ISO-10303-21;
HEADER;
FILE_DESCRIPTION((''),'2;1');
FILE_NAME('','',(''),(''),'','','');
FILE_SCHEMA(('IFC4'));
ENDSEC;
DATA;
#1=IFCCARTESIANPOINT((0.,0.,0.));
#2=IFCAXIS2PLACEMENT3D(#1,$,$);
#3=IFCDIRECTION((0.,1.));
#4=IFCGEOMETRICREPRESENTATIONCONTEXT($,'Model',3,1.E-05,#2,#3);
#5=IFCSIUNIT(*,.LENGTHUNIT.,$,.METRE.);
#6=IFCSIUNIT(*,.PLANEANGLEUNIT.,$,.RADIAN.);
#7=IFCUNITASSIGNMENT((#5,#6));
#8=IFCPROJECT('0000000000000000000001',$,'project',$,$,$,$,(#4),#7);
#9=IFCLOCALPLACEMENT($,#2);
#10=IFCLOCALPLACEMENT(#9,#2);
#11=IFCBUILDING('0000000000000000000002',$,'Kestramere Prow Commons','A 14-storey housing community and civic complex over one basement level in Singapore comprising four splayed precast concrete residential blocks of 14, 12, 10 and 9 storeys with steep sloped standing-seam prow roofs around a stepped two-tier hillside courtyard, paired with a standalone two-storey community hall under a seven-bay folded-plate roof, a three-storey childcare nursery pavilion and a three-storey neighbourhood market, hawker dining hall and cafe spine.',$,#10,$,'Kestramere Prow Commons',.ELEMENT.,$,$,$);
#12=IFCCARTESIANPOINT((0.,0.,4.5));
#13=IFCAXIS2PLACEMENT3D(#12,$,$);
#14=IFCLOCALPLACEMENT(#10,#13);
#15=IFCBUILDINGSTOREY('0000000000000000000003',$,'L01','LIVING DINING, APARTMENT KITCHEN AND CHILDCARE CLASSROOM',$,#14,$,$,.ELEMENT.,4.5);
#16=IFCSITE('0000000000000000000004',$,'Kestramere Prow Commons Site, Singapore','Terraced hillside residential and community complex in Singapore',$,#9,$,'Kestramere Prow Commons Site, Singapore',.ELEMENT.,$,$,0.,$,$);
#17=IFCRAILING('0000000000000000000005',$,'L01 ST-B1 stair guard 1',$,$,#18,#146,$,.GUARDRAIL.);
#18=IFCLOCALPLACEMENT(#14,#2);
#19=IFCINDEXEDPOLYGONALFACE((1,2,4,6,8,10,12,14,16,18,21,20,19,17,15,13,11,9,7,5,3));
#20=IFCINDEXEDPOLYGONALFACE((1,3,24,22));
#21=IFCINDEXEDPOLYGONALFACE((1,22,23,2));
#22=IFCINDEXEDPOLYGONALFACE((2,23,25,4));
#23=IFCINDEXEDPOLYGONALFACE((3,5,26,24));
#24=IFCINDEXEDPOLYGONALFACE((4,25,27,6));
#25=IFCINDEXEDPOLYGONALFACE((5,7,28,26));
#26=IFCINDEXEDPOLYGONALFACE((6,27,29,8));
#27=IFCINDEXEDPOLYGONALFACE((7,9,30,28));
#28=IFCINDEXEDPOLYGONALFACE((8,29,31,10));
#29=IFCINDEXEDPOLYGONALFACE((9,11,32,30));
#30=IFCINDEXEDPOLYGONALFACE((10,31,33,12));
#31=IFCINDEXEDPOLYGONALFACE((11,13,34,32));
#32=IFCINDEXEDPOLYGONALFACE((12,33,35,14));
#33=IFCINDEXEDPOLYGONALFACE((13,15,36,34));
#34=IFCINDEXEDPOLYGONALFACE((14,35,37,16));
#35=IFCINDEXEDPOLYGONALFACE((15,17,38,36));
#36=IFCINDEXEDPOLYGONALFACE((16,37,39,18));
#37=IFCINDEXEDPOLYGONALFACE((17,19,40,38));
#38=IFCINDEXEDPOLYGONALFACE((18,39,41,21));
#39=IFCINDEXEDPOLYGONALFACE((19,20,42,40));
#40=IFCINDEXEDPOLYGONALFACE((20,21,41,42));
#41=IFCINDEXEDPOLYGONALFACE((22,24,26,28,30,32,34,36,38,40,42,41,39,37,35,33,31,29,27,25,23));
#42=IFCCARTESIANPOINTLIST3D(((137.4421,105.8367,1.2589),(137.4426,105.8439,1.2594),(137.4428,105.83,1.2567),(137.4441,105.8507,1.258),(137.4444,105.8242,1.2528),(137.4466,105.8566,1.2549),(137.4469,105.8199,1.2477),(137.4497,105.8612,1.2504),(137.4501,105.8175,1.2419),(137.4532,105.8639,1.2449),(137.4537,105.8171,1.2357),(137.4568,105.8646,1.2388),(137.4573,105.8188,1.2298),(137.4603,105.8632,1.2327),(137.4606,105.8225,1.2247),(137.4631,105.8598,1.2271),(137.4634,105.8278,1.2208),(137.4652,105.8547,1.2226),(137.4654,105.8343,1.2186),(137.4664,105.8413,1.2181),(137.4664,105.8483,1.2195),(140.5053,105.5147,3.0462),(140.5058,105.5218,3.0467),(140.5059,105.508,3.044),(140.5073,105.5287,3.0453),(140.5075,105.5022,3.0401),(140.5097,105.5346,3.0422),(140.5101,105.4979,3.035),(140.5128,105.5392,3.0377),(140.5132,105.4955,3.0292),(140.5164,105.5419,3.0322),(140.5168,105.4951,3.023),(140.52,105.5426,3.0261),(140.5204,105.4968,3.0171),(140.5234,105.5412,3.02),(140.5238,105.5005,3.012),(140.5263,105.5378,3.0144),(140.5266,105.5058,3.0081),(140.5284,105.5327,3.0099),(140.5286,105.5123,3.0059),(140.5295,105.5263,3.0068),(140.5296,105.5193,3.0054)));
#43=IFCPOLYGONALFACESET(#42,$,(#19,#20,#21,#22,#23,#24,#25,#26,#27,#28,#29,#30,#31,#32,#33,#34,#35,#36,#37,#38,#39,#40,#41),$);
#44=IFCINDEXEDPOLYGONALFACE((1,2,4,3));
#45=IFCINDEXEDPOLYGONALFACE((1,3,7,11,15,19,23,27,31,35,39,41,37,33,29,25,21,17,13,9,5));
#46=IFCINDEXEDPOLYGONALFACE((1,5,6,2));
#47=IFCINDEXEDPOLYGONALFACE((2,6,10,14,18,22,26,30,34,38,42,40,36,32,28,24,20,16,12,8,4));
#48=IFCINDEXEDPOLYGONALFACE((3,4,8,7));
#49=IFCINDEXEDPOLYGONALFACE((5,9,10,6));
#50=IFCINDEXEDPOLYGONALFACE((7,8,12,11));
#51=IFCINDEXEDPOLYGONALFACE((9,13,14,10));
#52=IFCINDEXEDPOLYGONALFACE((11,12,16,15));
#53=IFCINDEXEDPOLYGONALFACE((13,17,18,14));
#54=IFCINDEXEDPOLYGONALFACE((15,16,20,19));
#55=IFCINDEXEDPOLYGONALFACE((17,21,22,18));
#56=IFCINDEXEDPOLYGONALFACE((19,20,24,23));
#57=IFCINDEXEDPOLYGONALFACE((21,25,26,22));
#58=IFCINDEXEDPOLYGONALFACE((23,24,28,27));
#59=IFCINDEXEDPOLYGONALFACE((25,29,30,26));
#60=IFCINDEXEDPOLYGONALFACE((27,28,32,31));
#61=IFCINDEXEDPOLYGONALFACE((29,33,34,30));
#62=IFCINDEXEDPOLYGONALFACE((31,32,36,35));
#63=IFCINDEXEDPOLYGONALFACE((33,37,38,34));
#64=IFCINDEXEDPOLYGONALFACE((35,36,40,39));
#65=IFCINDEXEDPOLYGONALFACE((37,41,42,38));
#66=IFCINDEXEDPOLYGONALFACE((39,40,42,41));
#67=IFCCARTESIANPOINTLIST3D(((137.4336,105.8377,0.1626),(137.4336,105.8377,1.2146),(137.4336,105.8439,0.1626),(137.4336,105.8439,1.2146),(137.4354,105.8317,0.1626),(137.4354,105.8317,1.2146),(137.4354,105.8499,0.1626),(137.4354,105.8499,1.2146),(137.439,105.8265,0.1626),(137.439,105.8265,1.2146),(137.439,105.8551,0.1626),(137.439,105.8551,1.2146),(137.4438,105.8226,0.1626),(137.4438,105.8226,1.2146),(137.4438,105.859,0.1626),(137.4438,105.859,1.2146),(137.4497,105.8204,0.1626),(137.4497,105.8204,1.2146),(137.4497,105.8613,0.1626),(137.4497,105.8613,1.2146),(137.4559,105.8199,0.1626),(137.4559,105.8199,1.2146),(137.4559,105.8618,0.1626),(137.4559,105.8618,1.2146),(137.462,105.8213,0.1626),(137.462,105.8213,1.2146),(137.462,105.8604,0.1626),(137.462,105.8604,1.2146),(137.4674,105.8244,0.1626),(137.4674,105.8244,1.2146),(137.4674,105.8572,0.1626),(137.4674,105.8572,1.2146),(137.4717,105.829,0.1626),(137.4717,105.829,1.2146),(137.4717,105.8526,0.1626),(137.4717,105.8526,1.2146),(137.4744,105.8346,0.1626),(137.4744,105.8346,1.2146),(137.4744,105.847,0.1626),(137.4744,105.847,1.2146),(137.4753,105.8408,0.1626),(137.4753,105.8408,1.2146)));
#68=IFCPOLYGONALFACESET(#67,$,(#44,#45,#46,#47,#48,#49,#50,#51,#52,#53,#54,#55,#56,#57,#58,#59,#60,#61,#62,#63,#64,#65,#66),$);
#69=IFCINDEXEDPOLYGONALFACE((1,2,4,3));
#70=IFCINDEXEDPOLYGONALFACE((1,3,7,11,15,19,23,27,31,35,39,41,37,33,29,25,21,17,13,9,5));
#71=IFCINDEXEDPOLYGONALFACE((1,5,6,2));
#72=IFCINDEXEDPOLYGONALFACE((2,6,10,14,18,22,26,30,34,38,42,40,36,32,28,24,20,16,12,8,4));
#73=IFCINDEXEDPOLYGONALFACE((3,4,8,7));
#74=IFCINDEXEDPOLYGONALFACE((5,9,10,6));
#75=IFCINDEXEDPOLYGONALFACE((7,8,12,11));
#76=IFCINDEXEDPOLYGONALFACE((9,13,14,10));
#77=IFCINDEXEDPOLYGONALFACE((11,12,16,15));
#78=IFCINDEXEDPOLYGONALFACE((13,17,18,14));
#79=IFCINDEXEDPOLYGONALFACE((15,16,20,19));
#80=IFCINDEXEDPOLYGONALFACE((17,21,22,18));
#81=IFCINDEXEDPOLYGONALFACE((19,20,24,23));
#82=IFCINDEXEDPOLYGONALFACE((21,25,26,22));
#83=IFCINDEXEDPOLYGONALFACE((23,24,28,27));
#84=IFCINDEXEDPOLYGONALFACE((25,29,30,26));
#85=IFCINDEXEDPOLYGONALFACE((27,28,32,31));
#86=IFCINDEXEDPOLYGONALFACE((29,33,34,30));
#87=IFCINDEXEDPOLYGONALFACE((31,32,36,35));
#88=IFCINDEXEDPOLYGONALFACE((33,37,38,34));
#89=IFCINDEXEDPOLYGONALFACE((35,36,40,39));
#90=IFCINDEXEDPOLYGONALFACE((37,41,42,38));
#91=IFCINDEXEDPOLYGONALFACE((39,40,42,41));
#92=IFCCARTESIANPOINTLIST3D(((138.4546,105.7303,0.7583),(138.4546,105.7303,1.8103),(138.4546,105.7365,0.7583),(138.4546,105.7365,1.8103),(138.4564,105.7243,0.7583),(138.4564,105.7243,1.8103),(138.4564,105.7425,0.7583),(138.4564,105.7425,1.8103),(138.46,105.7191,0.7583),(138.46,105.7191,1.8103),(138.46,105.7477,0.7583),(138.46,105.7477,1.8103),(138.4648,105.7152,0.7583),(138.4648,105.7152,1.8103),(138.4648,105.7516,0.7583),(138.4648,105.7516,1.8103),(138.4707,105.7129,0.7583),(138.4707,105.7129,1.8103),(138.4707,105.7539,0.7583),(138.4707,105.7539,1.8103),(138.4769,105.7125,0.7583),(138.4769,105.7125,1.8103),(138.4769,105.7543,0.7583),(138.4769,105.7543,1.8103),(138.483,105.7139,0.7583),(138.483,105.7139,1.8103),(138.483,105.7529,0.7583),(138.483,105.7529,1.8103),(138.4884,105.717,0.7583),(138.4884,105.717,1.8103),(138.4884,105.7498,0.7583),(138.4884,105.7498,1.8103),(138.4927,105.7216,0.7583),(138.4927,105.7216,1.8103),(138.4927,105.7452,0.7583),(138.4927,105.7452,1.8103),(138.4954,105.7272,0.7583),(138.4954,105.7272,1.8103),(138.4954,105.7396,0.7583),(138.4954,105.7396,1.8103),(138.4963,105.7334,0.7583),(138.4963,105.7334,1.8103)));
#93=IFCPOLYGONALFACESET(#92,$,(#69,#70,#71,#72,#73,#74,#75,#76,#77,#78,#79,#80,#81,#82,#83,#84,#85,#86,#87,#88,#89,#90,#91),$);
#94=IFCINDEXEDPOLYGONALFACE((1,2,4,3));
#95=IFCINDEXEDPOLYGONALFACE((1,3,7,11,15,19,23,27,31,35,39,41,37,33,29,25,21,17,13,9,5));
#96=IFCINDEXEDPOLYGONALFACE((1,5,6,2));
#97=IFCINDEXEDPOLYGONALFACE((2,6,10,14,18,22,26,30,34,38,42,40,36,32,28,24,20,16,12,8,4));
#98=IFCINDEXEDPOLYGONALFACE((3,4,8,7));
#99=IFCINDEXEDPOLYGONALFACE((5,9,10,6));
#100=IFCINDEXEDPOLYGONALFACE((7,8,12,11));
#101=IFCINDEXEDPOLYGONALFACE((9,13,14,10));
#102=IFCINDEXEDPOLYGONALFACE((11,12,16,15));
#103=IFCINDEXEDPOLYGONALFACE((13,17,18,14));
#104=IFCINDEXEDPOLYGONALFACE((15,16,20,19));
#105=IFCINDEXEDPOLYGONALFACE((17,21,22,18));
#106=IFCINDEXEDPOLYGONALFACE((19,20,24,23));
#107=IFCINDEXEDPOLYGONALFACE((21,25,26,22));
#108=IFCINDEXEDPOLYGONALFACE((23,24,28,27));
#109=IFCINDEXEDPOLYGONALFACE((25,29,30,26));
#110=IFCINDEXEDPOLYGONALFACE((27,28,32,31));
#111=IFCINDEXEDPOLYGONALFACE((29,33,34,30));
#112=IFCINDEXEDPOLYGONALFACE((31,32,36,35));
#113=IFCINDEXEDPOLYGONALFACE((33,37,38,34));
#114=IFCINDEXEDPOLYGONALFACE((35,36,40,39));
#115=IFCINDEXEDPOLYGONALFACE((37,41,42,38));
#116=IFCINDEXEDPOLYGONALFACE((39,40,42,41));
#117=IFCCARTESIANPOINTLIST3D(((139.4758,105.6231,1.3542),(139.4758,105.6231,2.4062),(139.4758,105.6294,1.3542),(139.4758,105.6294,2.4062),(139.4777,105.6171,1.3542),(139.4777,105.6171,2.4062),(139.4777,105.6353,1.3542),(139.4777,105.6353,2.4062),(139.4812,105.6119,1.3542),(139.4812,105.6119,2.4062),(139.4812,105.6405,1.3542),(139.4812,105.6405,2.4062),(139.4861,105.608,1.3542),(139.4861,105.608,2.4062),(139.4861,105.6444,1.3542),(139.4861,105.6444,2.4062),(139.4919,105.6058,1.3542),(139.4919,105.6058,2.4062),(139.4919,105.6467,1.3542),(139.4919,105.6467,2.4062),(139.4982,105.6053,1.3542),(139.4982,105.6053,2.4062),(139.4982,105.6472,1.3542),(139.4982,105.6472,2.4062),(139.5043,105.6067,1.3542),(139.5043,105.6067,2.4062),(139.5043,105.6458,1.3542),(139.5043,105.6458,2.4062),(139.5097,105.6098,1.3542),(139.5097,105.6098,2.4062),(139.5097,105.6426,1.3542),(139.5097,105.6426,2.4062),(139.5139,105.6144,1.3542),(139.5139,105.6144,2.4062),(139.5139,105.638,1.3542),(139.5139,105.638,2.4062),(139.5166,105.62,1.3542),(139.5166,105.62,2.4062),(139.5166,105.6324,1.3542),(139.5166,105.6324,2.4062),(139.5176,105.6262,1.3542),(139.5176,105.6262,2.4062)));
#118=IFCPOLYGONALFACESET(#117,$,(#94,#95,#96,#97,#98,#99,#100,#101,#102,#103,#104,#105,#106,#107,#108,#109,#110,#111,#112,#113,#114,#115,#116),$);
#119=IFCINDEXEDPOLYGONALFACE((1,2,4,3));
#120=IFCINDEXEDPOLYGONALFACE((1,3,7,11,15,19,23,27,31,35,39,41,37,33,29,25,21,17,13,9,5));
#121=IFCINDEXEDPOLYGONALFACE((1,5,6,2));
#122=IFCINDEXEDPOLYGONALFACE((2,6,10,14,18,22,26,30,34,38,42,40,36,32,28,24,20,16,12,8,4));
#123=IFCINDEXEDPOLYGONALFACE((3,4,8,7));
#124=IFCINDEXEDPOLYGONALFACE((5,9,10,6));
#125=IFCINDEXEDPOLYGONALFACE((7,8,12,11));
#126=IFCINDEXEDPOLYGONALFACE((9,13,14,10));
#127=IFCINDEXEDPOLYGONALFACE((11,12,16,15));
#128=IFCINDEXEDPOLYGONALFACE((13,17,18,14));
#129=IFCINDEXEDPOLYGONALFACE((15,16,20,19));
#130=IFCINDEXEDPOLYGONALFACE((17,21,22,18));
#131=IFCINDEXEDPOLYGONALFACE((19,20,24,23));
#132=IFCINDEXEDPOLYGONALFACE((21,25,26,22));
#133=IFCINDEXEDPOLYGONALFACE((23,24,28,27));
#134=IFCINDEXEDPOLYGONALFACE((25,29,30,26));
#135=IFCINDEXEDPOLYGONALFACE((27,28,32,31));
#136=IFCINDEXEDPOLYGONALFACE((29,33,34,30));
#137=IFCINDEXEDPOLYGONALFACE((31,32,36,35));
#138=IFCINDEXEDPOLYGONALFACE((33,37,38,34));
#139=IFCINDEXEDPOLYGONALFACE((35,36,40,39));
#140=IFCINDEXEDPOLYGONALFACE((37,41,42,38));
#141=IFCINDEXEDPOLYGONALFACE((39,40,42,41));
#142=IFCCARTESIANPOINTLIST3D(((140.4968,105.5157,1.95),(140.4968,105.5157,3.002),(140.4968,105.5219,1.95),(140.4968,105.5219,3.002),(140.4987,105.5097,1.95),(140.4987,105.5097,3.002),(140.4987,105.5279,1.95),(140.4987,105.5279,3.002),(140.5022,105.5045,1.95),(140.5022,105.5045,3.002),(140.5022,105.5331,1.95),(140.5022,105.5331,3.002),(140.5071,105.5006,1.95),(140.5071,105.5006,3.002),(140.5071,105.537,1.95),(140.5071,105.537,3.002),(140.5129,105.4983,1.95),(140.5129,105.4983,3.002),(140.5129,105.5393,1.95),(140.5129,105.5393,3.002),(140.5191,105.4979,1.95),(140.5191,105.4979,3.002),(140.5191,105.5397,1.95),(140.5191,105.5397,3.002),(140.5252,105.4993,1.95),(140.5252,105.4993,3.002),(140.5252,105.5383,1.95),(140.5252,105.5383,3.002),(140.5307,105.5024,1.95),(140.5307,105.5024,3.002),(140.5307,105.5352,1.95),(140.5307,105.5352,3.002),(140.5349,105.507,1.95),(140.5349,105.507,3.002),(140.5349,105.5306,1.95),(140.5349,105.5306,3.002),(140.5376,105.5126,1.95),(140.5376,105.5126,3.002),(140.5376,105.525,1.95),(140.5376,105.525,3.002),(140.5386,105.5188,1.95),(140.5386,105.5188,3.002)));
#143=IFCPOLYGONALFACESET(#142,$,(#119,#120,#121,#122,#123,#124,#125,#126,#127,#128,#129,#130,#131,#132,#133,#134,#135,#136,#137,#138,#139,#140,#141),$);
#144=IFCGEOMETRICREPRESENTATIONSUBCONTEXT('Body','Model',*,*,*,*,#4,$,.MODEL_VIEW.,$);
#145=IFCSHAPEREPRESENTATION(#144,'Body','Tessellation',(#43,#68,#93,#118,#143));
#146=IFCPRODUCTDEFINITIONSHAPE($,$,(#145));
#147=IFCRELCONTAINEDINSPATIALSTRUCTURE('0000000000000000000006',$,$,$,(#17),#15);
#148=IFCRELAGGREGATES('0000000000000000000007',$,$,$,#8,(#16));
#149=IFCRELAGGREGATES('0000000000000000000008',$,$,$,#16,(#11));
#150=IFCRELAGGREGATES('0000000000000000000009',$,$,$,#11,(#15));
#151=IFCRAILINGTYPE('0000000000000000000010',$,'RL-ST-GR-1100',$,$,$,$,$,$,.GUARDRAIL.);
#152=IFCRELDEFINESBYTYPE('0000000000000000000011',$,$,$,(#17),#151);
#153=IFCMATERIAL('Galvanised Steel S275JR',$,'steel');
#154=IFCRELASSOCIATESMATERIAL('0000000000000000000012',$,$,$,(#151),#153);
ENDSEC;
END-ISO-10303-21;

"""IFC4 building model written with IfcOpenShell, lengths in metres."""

from ifc_helpers import new_model, si_unit, direction, frame, origin, origin_2d, place, context, subcontext, project, spatial, circle, extrude, material, type_object, element, save


model = new_model("IFC4")

# Units and contexts
model_context = context("Model", 3, precision=1e-05, world=origin(), true_north=direction((0.0, 1.0)))
body_context = subcontext(model_context, "Body", "Model", "MODEL_VIEW")
ifc_project = project(units=[si_unit("LENGTHUNIT", "METRE"), si_unit("PLANEANGLEUNIT", "RADIAN")], contexts=[model_context])

# Site, building, storey
site_placement = place(None, origin())
site = spatial("IfcSite", under=ifc_project, at=site_placement, Name="Kestramere Prow Commons Site, Singapore", Description="Terraced hillside residential and community complex in Singapore", LongName="Kestramere Prow Commons Site, Singapore", CompositionType="ELEMENT", RefElevation=0.0)
building_placement = place(site_placement, origin())
building = spatial("IfcBuilding", under=site, at=building_placement, Name="Kestramere Prow Commons", Description="A 14-storey housing community and civic complex over one basement level in Singapore comprising four splayed precast concrete residential blocks of 14, 12, 10 and 9 storeys with steep sloped standing-seam prow roofs around a stepped two-tier hillside courtyard, paired with a standalone two-storey community hall under a seven-bay folded-plate roof, a three-storey childcare nursery pavilion and a three-storey neighbourhood market, hawker dining hall and cafe spine.", LongName="Kestramere Prow Commons", CompositionType="ELEMENT")
storey_placement = place(building_placement, frame((0.0, 0.0, 4.5)))
storey = spatial("IfcBuildingStorey", under=building, at=storey_placement, Name="L01", Description="LIVING DINING, APARTMENT KITCHEN AND CHILDCARE CLASSROOM", CompositionType="ELEMENT", Elevation=4.5)

# Railing
ifc_material_1 = material(Name="Galvanised Steel S275JR", Category="steel")
railing_type_1 = type_object("IfcRailingType", Name="RL-ST-GR-1100", PredefinedType="GUARDRAIL", material=ifc_material_1)
railing_1_placement = place(storey_placement, frame((137.4543, 105.8408, 0.1626)))
element("IfcRailing", 1, at=railing_1_placement, inside=storey, type_object=railing_type_1, Name="L01 ST-B1 stair guard 1", PredefinedType="GUARDRAIL", context=body_context, shape_type="SweptSolid", body=[
    extrude(circle(Radius=0.0239, at=origin_2d()), frame((0.0, 0.0, 1.0762), z_axis=(0.860183, -0.090426, 0.501905), x_axis=(0.104549, 0.99452, 0.0)), (0.0, 0.0, 1.0), 3.561),
    extrude(circle(Radius=0.021, at=origin_2d()), origin(), (0.0, 0.0, 1.0), 1.052),
    extrude(circle(Radius=0.021, at=origin_2d()), frame((1.021, -0.1074, 0.5957)), (0.0, 0.0, 1.0), 1.052),
    extrude(circle(Radius=0.021, at=origin_2d()), frame((2.0422, -0.2146, 1.1917)), (0.0, 0.0, 1.0), 1.052),
    extrude(circle(Radius=0.021, at=origin_2d()), frame((3.0632, -0.322, 1.7874)), (0.0, 0.0, 1.0), 1.052),
])

save(model, "model.ifc")
